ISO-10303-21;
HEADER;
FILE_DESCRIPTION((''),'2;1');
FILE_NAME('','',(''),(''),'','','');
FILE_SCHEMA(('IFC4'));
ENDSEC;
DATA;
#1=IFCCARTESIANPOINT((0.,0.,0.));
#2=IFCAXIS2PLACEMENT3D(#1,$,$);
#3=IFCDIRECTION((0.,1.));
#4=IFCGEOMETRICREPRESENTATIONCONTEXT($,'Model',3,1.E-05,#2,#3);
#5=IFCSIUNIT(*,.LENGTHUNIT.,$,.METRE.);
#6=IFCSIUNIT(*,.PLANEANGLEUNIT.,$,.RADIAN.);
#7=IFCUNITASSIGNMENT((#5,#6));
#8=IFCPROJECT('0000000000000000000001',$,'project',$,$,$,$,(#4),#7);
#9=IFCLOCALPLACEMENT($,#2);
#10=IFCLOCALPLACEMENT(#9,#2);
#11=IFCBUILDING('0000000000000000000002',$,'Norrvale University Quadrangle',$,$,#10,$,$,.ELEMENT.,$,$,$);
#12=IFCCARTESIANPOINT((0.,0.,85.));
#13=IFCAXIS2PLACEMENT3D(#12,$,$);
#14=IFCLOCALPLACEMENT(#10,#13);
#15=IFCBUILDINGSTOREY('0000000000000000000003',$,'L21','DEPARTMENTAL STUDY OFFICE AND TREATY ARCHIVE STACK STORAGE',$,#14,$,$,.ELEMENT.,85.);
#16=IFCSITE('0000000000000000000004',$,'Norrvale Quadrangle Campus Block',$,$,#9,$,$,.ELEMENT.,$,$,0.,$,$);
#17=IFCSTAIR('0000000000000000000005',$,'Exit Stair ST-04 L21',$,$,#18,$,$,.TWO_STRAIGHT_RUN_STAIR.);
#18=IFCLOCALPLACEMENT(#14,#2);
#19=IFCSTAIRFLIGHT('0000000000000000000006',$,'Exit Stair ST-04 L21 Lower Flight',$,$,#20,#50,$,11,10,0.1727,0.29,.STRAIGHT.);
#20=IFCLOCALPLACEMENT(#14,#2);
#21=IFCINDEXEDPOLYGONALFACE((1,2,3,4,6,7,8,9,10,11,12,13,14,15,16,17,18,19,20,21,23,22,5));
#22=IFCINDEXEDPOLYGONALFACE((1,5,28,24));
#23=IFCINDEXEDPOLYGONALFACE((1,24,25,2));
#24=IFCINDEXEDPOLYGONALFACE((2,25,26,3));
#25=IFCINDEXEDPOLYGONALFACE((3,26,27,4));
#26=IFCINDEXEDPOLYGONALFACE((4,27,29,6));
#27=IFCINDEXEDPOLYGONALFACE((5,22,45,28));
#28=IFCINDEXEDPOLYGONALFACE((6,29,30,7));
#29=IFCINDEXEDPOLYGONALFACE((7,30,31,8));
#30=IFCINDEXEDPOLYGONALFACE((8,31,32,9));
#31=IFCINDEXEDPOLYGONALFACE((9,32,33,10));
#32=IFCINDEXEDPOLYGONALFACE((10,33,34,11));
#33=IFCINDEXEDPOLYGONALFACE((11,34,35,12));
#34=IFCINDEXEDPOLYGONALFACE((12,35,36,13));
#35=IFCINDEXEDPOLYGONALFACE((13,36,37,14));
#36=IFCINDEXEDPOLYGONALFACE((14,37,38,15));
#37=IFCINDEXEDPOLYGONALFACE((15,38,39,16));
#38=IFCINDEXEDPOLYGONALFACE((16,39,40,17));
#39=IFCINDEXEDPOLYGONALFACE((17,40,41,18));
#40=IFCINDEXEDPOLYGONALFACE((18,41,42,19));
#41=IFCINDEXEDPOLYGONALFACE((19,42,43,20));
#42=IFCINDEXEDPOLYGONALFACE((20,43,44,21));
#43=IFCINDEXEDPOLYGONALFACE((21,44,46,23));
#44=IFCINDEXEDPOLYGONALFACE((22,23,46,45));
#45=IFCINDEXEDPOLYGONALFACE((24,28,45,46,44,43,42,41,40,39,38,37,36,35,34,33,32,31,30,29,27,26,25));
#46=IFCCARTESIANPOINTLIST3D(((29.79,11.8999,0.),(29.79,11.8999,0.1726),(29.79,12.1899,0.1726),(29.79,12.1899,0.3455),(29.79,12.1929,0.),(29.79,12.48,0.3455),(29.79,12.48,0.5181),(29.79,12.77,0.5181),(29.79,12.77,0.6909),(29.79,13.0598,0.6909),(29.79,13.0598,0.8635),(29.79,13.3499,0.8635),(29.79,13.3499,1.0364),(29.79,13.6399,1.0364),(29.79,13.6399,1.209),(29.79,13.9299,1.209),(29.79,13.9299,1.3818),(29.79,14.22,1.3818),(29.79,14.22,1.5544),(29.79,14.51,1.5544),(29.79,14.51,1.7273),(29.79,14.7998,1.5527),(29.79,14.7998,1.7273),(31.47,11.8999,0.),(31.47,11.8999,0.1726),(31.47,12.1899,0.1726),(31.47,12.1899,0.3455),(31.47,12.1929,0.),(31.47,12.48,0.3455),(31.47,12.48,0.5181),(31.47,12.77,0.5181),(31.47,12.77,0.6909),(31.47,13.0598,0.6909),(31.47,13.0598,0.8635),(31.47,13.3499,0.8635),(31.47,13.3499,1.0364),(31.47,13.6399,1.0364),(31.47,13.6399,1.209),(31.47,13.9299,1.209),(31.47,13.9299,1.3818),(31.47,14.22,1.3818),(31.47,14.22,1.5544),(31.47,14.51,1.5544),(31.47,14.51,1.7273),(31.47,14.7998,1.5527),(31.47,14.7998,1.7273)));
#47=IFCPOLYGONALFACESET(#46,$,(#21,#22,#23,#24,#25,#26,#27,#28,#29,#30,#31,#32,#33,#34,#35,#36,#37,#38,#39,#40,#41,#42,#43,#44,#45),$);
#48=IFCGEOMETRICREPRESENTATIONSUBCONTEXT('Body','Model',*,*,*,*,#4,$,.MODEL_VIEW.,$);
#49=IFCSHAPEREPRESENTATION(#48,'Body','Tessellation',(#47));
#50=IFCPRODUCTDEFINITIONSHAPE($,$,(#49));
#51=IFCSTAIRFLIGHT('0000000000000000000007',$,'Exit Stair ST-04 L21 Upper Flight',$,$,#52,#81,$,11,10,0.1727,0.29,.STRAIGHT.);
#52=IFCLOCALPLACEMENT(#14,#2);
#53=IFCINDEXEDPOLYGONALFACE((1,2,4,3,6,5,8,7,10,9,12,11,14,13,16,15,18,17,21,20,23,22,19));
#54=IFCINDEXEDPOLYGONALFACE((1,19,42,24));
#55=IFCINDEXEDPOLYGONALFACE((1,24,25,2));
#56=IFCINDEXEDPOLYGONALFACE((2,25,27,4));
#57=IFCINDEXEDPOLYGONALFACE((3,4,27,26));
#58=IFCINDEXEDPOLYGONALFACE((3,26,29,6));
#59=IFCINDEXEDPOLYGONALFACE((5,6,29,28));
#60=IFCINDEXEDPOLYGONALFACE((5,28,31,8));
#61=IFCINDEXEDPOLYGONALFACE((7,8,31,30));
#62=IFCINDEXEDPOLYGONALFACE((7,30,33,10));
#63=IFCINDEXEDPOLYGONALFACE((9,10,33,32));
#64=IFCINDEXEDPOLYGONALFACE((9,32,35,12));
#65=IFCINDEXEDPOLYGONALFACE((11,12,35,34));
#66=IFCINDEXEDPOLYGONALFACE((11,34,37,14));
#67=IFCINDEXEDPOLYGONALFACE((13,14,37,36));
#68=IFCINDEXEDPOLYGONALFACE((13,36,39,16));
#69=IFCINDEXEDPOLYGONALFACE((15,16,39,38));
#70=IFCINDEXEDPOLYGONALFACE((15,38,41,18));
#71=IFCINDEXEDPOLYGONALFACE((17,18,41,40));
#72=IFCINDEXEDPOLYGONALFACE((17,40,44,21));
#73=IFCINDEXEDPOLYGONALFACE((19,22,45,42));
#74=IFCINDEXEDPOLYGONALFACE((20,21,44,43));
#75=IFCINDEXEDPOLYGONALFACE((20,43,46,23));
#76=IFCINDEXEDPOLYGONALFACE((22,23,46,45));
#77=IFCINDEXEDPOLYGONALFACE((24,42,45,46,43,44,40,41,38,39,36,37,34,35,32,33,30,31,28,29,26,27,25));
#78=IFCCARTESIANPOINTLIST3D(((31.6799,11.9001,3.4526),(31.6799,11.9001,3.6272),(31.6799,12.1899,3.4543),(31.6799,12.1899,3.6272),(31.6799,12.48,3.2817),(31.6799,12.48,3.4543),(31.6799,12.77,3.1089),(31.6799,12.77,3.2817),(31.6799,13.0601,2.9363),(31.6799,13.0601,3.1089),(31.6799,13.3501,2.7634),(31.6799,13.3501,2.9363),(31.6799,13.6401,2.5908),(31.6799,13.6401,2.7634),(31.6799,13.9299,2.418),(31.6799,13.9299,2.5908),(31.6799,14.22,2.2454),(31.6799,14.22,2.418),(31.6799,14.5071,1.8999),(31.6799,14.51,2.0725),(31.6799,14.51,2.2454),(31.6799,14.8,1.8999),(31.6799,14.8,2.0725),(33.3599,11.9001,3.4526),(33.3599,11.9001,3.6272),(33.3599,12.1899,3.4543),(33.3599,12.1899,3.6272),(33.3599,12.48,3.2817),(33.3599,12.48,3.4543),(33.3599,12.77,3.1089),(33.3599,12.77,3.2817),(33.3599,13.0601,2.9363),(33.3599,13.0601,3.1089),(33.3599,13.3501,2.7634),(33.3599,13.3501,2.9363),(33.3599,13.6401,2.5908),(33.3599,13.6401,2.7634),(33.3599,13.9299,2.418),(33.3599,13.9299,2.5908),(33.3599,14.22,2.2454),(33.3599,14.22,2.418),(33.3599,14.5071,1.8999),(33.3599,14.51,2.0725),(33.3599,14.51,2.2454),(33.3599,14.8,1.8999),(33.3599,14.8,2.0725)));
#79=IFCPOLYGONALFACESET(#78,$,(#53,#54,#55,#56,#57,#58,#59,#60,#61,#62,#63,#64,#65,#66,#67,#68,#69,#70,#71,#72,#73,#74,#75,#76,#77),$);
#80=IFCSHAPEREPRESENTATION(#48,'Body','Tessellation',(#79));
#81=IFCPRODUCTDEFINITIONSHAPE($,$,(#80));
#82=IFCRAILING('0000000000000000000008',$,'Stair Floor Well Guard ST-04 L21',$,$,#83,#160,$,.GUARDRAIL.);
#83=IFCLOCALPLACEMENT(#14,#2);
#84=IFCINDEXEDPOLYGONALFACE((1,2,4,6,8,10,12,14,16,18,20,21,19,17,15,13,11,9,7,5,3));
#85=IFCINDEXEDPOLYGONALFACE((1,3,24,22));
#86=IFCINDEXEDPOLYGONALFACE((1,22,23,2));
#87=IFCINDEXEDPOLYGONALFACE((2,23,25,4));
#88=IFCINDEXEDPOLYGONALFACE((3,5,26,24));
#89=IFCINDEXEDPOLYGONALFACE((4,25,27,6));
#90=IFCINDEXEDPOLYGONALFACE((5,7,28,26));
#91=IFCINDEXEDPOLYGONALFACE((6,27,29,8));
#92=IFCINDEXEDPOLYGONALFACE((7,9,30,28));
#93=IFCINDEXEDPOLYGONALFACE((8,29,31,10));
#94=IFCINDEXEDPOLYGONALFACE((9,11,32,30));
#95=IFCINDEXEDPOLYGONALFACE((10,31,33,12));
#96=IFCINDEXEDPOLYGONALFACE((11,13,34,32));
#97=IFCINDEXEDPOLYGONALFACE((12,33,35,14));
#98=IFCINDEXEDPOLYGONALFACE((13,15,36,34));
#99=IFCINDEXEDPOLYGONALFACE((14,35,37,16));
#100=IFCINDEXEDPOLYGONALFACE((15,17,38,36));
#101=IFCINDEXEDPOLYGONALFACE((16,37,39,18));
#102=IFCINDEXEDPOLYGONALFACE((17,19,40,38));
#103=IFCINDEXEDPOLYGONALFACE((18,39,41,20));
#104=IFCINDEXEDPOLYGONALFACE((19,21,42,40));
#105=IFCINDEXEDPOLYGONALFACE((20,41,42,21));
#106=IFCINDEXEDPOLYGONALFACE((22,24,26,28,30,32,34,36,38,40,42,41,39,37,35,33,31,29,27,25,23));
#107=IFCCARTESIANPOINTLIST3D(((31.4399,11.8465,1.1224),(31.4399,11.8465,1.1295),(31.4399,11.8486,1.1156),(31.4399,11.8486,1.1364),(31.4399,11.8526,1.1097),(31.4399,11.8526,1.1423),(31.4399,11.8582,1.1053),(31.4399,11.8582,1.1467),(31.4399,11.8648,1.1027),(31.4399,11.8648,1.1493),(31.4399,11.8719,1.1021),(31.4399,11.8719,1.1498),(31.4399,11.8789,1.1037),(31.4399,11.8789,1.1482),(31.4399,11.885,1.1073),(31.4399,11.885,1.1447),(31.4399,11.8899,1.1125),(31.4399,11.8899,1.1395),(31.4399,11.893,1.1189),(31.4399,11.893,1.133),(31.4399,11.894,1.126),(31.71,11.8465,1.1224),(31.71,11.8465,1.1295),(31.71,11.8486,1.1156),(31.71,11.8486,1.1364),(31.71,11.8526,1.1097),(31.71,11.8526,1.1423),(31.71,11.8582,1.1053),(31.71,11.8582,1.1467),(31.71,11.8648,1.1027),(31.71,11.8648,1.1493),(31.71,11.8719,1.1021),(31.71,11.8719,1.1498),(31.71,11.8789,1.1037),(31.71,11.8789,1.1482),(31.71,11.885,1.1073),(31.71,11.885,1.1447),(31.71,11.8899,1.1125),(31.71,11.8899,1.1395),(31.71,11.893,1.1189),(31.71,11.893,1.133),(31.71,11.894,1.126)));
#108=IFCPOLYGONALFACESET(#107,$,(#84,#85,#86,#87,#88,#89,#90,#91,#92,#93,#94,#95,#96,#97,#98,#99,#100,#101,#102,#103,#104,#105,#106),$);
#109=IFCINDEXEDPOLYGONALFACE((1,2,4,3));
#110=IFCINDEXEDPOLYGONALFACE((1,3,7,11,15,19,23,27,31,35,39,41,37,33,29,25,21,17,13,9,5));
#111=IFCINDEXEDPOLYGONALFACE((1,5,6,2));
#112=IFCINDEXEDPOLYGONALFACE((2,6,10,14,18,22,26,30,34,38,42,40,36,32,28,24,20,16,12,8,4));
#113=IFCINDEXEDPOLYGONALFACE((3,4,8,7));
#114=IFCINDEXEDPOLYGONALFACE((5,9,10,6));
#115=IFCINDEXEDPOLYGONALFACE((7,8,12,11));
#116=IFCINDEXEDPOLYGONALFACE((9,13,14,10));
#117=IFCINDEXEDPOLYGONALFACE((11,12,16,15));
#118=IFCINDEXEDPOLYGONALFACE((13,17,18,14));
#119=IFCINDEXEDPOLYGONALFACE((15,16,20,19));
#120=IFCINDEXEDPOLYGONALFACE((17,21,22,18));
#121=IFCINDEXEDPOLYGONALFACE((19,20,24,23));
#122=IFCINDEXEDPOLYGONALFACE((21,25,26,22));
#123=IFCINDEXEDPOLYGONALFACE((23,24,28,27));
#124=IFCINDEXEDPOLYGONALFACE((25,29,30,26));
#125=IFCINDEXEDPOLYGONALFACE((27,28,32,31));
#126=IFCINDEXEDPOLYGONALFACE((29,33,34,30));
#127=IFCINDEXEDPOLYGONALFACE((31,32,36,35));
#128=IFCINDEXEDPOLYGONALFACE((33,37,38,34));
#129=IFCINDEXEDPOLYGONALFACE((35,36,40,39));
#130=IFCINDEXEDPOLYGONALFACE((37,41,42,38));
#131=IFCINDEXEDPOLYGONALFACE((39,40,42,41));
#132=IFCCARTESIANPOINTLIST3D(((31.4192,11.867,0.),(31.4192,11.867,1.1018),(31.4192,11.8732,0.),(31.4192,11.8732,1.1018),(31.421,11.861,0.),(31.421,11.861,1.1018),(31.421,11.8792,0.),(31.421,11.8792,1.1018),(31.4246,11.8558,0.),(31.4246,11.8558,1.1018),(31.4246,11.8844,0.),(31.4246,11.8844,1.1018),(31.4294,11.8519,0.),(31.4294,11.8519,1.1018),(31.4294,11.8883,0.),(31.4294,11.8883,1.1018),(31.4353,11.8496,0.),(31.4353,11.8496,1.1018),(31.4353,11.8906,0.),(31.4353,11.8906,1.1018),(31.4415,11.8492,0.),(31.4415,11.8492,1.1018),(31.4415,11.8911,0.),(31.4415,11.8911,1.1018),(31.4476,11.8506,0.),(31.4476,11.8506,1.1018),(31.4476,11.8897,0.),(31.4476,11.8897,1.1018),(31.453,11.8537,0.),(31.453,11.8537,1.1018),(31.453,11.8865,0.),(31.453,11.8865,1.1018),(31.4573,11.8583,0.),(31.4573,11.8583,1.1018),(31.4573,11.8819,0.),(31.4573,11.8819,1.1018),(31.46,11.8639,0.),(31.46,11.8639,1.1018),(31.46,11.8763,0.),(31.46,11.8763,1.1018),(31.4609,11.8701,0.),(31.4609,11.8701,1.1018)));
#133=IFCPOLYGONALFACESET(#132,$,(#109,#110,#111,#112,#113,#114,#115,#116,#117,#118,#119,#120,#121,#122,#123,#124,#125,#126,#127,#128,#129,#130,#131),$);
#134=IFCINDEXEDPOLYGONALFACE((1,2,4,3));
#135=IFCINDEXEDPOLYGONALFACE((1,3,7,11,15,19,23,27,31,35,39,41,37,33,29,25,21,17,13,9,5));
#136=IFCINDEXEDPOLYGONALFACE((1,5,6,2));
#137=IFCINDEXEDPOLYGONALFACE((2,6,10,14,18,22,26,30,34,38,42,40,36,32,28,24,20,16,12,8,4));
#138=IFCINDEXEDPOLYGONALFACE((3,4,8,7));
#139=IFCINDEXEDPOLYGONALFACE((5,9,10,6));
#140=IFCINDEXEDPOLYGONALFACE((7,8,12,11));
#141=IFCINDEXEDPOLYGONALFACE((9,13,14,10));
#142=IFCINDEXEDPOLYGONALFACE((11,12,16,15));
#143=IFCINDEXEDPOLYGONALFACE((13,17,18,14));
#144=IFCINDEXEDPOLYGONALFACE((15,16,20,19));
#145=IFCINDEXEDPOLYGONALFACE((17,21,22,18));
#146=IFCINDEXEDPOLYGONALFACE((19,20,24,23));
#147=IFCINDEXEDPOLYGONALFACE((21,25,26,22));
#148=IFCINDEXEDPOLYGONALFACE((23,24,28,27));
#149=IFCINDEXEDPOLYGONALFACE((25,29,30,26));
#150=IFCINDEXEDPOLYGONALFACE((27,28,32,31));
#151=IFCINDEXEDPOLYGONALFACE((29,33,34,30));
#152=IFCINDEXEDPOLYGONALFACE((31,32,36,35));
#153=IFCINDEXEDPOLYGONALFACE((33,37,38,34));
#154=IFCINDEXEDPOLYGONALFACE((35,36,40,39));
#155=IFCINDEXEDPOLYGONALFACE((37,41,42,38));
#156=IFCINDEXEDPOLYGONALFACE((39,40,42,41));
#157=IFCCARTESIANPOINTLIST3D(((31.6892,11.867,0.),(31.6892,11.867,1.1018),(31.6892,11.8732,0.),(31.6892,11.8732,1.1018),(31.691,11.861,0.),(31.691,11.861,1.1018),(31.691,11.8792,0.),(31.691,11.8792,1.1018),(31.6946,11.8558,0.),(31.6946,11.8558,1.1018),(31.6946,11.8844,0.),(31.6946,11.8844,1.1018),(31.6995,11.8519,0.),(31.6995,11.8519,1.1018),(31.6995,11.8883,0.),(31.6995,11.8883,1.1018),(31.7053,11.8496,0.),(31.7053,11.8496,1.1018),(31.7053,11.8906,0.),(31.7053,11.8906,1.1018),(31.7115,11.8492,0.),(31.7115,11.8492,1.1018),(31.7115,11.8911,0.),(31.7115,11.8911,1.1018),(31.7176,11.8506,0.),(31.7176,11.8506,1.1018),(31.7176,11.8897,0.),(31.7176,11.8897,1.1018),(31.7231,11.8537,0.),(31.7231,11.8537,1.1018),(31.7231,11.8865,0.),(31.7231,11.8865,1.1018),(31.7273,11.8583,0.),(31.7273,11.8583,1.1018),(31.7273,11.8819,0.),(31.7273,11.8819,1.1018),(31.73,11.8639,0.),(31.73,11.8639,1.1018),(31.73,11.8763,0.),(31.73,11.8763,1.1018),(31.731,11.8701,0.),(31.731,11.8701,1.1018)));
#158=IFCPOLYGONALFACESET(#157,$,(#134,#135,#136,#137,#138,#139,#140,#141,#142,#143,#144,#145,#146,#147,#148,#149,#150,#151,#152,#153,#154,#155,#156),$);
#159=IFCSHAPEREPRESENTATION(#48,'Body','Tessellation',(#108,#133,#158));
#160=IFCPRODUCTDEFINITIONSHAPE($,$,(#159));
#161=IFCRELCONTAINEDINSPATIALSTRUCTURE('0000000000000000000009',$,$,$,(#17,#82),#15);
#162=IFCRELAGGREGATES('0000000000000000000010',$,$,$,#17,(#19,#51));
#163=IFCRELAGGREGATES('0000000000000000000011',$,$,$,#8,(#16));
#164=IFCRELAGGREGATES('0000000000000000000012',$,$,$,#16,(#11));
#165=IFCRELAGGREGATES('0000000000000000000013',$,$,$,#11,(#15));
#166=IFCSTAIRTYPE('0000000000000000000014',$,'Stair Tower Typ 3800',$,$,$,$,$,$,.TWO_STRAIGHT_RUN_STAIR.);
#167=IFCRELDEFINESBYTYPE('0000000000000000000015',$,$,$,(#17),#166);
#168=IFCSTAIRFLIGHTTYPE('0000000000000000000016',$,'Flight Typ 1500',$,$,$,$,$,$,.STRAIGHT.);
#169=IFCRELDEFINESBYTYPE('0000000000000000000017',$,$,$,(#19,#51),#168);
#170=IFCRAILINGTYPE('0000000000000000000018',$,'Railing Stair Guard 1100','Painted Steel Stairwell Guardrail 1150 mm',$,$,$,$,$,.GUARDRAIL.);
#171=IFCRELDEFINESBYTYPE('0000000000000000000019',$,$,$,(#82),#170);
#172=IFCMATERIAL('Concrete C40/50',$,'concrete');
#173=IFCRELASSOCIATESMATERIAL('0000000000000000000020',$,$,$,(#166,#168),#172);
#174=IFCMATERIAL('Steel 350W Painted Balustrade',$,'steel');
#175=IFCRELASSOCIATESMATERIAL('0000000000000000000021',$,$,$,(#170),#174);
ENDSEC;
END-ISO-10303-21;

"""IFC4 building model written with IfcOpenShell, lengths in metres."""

from ifc_helpers import new_model, si_unit, direction, frame, origin, origin_2d, place, context, subcontext, project, spatial, polyline, circle, outline, extrude, material, type_object, element, aggregate, save


model = new_model("IFC4")

# Units and contexts
model_context = context("Model", 3, precision=1e-05, world=origin(), true_north=direction((0.0, 1.0)))
body_context = subcontext(model_context, "Body", "Model", "MODEL_VIEW")
ifc_project = project(units=[si_unit("LENGTHUNIT", "METRE"), si_unit("PLANEANGLEUNIT", "RADIAN")], contexts=[model_context])

# Site, building, storey
site_placement = place(None, origin())
site = spatial("IfcSite", under=ifc_project, at=site_placement, Name="Norrvale Quadrangle Campus Block", CompositionType="ELEMENT", RefElevation=0.0)
building_placement = place(site_placement, origin())
building = spatial("IfcBuilding", under=site, at=building_placement, Name="Norrvale University Quadrangle", CompositionType="ELEMENT")
storey_placement = place(building_placement, frame((0.0, 0.0, 85.0)))
storey = spatial("IfcBuildingStorey", under=building, at=storey_placement, Name="L21", Description="DEPARTMENTAL STUDY OFFICE AND TREATY ARCHIVE STACK STORAGE", CompositionType="ELEMENT", Elevation=85.0)

# Stair, stair flights
ifc_material_1 = material(Name="Concrete C40/50", Category="concrete")
stair_type = type_object("IfcStairType", Name="Stair Tower Typ 3800", PredefinedType="TWO_STRAIGHT_RUN_STAIR", material=ifc_material_1)
stair_placement = place(storey_placement, origin())
stair = element("IfcStair", 1, at=stair_placement, inside=storey, type_object=stair_type, Name="Exit Stair ST-04 L21", PredefinedType="TWO_STRAIGHT_RUN_STAIR")
stair_flight_type = type_object("IfcStairFlightType", Name="Flight Typ 1500", PredefinedType="STRAIGHT", material=ifc_material_1)
stair_flight_1_placement = place(storey_placement, frame((30.6299, 11.8999, 0.0), z_axis=(0.0, 0.0, 1.0), x_axis=(0.0, 1.0, 0.0)))
stair_flight_1 = element("IfcStairFlight", 2, at=stair_flight_1_placement, type_object=stair_flight_type, Name="Exit Stair ST-04 L21 Lower Flight", NumberOfRisers=11, NumberOfTreads=10, PredefinedType="STRAIGHT", RiserHeight=0.1727, TreadLength=0.29, context=body_context, shape_type="SweptSolid", body=[
    extrude(outline(polyline([(0.0, 0.0), (0.0, 0.1726), (0.29, 0.1726), (0.29, 0.3455), (0.5801, 0.3455), (0.5801, 0.5181), (0.8701, 0.5181), (0.8701, 0.6909), (1.1599, 0.6909), (1.1599, 0.8635), (1.45, 0.8635), (1.45, 1.0364), (1.74, 1.0364), (1.74, 1.209), (2.03, 1.209), (2.03, 1.3818), (2.3201, 1.3818), (2.3201, 1.5544), (2.6101, 1.5544), (2.6101, 1.7273), (2.8999, 1.7273), (2.8999, 1.8999), (2.8999, 1.5527), (0.293, 0.0), (0.0, 0.0)])), frame((0.0, 0.8398, 0.0), z_axis=(0.0, -1.0, 0.0), x_axis=(1.0, 0.0, 0.0)), (0.0, 0.0, 1.0), 1.6799),
])
stair_flight_2_placement = place(storey_placement, frame((32.52, 14.8, 1.8999), z_axis=(0.0, 0.0, 1.0), x_axis=(0.0, -1.0, 0.0)))
stair_flight_2 = element("IfcStairFlight", 3, at=stair_flight_2_placement, type_object=stair_flight_type, Name="Exit Stair ST-04 L21 Upper Flight", NumberOfRisers=11, NumberOfTreads=10, PredefinedType="STRAIGHT", RiserHeight=0.1727, TreadLength=0.29, context=body_context, shape_type="SweptSolid", body=[
    extrude(outline(polyline([(0.0, 0.0), (0.0, 0.1726), (0.29, 0.1726), (0.29, 0.3455), (0.5801, 0.3455), (0.5801, 0.5181), (0.8701, 0.5181), (0.8701, 0.6909), (1.1599, 0.6909), (1.1599, 0.8635), (1.45, 0.8635), (1.45, 1.0364), (1.74, 1.0364), (1.74, 1.209), (2.03, 1.209), (2.03, 1.3818), (2.3201, 1.3818), (2.3201, 1.5544), (2.6101, 1.5544), (2.6101, 1.7273), (2.8999, 1.7273), (2.8999, 1.8999), (2.8999, 1.5527), (0.293, 0.0), (0.0, 0.0)])), frame((0.0, 0.8398, 0.0), z_axis=(0.0, -1.0, 0.0), x_axis=(1.0, 0.0, 0.0)), (0.0, 0.0, 1.0), 1.6799),
])
aggregate(stair, [stair_flight_1, stair_flight_2])

# Railing
ifc_material_2 = material(Name="Steel 350W Painted Balustrade", Category="steel")
railing_type_1 = type_object("IfcRailingType", Name="Railing Stair Guard 1100", Description="Painted Steel Stairwell Guardrail 1150 mm", PredefinedType="GUARDRAIL", material=ifc_material_2)
for number, where, name in (
    (4, (31.4399, 11.8701, 0.0), "Stair Floor Well Guard ST-04 L21"),
):
    element("IfcRailing", number, at=place(storey_placement, frame(where)), inside=storey, type_object=railing_type_1, Name=name, PredefinedType="GUARDRAIL", context=body_context, shape_type="SweptSolid", body=[
        extrude(circle(Radius=0.0239, at=origin_2d()), frame((0.0, 0.0, 1.126), z_axis=(1.0, 0.0, 0.0), x_axis=(0.0, 1.0, 0.0)), (0.0, 0.0, 1.0), 0.27),
        extrude(circle(Radius=0.021, at=origin_2d()), origin(), (0.0, 0.0, 1.0), 1.1018),
        extrude(circle(Radius=0.021, at=origin_2d()), frame((0.27, 0.0, 0.0)), (0.0, 0.0, 1.0), 1.1018),
    ])

save(model, "model.ifc")
